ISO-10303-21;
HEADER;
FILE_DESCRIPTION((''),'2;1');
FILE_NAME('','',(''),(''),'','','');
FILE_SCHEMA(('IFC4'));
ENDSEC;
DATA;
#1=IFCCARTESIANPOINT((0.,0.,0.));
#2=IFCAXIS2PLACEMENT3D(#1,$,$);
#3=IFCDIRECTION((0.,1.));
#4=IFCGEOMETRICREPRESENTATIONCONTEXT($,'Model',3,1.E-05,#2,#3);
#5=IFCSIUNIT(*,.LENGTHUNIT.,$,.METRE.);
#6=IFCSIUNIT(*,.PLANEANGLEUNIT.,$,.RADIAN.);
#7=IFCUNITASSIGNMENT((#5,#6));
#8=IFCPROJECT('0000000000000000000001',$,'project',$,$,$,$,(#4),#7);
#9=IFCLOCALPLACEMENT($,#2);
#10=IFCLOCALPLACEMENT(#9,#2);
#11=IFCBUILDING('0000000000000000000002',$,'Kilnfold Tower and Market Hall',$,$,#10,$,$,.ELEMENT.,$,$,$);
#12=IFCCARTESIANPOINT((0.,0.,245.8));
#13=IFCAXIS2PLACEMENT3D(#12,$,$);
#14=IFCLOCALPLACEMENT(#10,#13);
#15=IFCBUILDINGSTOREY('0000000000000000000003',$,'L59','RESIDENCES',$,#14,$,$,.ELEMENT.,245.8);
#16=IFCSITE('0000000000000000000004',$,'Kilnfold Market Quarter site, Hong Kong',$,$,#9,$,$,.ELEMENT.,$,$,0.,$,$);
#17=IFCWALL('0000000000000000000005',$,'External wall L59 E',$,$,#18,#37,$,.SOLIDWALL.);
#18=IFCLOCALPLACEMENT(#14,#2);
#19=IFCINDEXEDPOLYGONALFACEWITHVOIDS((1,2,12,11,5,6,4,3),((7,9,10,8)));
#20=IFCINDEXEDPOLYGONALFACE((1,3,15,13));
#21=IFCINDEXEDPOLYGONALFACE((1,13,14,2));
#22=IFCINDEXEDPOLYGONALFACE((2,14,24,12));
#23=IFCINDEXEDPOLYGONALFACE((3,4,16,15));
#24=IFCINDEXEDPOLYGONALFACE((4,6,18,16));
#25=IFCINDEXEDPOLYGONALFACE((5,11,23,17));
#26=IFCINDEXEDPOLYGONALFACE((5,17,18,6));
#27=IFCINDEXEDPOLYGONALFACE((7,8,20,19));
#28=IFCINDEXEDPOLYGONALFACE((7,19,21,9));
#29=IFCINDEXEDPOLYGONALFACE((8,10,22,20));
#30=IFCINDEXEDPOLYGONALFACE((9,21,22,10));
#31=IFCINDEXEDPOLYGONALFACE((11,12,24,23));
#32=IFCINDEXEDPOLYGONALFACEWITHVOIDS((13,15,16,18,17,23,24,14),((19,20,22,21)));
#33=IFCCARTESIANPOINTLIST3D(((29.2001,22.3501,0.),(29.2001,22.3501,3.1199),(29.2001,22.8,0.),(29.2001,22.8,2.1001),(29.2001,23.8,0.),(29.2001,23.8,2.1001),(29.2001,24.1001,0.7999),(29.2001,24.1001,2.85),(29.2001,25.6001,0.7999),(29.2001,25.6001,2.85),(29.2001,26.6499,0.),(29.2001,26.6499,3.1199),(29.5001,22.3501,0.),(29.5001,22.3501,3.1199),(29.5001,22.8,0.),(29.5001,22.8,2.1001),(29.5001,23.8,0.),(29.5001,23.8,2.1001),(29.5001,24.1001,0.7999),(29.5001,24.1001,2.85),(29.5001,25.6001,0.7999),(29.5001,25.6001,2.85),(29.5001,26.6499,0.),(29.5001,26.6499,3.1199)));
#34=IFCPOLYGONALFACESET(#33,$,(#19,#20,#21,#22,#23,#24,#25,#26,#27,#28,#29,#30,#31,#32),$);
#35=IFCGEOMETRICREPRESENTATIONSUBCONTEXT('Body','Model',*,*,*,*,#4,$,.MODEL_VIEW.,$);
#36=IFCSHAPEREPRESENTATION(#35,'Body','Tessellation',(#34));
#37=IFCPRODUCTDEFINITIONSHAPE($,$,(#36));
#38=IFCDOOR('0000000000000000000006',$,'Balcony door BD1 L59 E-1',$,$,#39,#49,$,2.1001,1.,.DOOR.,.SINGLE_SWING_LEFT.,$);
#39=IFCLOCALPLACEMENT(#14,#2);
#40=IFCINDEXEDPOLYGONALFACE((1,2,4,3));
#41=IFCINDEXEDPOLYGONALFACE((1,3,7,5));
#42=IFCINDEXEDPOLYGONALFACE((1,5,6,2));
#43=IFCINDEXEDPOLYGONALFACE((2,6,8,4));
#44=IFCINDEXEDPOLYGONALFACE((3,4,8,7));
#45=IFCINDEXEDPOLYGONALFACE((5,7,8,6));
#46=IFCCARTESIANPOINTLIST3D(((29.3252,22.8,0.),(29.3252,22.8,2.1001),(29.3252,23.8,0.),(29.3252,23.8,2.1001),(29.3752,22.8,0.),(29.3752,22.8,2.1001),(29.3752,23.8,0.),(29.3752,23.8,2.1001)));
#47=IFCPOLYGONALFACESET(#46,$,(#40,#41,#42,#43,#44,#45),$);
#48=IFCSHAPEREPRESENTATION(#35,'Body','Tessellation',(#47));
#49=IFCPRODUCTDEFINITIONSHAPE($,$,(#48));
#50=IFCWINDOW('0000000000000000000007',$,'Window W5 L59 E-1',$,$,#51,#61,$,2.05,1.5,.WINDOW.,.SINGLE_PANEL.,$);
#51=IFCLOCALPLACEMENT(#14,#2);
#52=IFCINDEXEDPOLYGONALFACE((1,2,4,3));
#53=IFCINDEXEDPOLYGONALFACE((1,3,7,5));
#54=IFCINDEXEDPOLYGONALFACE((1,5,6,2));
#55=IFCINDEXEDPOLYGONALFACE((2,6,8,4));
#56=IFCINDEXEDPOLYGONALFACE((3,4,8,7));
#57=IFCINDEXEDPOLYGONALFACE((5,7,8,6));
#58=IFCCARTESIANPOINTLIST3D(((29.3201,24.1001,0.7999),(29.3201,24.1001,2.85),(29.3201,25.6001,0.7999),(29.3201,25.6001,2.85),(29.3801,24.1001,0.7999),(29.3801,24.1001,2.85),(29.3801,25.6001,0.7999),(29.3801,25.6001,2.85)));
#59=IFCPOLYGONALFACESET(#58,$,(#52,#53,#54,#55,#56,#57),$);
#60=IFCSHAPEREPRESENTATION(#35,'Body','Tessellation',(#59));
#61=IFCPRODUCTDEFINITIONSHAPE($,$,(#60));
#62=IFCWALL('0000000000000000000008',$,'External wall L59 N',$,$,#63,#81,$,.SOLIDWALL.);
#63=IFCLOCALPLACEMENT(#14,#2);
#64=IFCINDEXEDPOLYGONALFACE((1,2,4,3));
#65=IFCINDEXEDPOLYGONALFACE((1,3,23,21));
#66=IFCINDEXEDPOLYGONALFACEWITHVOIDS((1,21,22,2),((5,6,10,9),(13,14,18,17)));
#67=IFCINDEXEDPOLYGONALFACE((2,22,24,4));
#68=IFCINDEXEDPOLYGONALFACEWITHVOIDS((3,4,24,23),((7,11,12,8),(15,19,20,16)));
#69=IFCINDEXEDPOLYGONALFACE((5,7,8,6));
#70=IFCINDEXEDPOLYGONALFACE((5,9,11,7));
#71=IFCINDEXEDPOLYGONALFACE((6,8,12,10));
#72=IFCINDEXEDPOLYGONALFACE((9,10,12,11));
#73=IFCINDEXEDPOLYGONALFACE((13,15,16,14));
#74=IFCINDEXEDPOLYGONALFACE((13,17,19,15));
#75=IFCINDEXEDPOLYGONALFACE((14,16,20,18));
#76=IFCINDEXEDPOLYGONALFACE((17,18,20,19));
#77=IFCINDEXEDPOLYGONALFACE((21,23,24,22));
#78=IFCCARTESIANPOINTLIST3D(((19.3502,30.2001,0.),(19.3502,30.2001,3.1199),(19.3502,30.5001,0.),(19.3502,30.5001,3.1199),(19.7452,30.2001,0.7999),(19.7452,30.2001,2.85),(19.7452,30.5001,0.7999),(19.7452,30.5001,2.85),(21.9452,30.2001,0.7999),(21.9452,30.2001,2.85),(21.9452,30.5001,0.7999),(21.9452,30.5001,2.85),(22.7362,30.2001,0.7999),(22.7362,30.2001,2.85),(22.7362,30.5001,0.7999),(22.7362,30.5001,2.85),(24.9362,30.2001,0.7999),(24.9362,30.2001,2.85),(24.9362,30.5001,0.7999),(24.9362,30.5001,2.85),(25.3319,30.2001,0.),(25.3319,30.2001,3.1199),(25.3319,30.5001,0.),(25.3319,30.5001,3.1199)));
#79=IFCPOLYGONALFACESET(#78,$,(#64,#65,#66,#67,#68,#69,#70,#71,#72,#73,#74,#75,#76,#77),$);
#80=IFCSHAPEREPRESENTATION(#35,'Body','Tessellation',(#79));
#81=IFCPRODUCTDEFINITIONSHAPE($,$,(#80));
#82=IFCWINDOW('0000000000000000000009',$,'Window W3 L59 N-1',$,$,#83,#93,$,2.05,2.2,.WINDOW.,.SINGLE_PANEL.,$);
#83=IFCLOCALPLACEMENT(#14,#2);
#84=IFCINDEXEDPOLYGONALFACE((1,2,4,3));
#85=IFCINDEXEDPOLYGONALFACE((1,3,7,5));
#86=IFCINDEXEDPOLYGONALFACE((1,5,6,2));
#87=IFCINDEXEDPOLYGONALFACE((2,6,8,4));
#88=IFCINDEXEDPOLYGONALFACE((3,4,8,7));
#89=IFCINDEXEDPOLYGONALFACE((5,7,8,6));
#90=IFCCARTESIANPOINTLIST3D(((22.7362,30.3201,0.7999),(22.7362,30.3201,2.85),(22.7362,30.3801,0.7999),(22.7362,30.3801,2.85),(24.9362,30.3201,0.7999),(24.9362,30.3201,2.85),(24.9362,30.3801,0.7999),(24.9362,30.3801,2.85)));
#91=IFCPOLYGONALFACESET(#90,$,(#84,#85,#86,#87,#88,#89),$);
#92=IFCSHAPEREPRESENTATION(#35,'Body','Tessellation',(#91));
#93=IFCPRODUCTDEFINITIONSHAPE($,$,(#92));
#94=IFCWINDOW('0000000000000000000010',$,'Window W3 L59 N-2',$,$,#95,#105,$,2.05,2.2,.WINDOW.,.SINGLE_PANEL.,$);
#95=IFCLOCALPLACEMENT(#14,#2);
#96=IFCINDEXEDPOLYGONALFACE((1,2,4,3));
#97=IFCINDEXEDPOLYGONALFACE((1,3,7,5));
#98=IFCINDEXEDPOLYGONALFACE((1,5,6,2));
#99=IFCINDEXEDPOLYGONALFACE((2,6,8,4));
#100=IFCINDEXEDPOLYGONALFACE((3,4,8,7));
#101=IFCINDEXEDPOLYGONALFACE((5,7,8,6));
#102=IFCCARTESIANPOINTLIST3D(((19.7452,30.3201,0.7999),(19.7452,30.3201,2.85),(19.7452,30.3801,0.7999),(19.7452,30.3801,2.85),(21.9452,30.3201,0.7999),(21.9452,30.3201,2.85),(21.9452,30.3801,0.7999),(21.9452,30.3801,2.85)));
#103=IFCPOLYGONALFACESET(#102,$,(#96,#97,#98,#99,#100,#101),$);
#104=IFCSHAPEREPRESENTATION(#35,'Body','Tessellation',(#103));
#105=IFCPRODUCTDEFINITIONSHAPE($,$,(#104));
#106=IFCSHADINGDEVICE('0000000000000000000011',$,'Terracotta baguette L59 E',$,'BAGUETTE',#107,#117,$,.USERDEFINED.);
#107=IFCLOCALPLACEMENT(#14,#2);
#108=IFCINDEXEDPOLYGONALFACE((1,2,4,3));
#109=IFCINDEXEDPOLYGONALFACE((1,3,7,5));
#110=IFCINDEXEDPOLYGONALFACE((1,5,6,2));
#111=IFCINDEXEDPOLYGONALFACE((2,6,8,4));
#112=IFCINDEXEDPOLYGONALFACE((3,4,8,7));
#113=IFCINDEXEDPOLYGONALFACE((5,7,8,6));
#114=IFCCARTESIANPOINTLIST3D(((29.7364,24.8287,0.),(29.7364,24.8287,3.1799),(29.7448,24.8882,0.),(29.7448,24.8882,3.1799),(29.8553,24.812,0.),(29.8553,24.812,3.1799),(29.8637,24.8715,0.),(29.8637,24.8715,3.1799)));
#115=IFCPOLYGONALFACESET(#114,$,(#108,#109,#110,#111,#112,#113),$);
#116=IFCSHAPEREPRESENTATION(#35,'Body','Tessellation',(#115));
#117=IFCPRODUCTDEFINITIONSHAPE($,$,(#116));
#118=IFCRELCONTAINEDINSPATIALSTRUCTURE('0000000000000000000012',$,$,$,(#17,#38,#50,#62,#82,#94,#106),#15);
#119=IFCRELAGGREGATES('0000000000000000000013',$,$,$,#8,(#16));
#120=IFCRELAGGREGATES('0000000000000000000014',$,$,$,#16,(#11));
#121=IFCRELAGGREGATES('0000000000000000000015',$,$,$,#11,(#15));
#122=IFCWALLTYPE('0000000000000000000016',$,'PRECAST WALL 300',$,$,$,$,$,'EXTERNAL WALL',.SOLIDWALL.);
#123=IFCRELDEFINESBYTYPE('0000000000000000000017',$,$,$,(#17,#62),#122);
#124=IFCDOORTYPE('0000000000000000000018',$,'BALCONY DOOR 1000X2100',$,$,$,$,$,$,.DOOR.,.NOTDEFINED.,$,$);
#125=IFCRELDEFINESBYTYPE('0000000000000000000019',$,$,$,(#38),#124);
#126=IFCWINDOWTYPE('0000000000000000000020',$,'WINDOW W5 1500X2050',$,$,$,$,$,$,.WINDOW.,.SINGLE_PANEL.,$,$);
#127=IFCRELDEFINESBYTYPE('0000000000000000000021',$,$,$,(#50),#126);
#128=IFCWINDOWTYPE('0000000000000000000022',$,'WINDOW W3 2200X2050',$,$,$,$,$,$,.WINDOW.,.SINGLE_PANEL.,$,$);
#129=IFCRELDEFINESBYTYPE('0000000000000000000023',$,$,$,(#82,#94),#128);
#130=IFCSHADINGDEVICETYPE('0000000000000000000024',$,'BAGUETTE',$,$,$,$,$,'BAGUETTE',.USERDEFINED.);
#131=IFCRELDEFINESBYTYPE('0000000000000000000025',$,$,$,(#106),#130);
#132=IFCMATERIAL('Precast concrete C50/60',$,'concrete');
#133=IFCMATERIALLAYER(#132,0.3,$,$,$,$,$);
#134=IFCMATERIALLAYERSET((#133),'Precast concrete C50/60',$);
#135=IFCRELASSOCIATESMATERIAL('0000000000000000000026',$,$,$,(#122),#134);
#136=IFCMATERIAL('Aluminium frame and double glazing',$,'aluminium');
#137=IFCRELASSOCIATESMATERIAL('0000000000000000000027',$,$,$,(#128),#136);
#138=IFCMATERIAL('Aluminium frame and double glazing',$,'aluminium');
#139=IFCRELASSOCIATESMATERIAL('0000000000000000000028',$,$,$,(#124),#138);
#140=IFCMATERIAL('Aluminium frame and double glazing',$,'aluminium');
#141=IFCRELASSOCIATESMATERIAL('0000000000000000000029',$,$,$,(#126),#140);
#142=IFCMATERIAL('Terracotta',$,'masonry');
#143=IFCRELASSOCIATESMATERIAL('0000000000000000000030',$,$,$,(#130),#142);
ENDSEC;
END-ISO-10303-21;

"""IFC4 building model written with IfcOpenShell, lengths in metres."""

from ifc_helpers import new_model, si_unit, direction, frame, frame_2d, origin, origin_2d, place, context, subcontext, project, spatial, rectangle, extrude, source, transform, mapped, material, layer, layer_set, material_profile, profile_set, type_object, element, fill, save


model = new_model("IFC4")

# Units and contexts
model_context = context("Model", 3, precision=1e-05, world=origin(), true_north=direction((0.0, 1.0)))
body_context = subcontext(model_context, "Body", "Model", "MODEL_VIEW")
ifc_project = project(units=[si_unit("LENGTHUNIT", "METRE"), si_unit("PLANEANGLEUNIT", "RADIAN")], contexts=[model_context])

# Site, building, storey
site_placement = place(None, origin())
site = spatial("IfcSite", under=ifc_project, at=site_placement, Name="Kilnfold Market Quarter site, Hong Kong", CompositionType="ELEMENT", RefElevation=0.0)
building_placement = place(site_placement, origin())
building = spatial("IfcBuilding", under=site, at=building_placement, Name="Kilnfold Tower and Market Hall", CompositionType="ELEMENT")
storey_placement = place(building_placement, frame((0.0, 0.0, 245.8)))
storey = spatial("IfcBuildingStorey", under=building, at=storey_placement, Name="L59", Description="RESIDENCES", CompositionType="ELEMENT", Elevation=245.8)

# Shared definitions
ifc_material_1 = material(Name="Precast concrete C50/60", Category="concrete")
ifc_layer_1 = layer(ifc_material_1, 0.3)
ifc_layer_set_1 = layer_set([ifc_layer_1], Name="Precast concrete C50/60")
wall_type_1 = type_object("IfcWallType", Name="PRECAST WALL 300", ElementType="EXTERNAL WALL", PredefinedType="SOLIDWALL", material=ifc_layer_set_1)
ifc_material_2 = material(Name="Aluminium frame and double glazing", Category="aluminium")
window_type_1 = type_object("IfcWindowType", Name="WINDOW W3 2200X2050", PartitioningType="SINGLE_PANEL", PredefinedType="WINDOW", material=ifc_material_2)

# Wall, openings, door, window
shared_shape_1 = source(origin(), body_context, "Body", "SweptSolid", [
    extrude(rectangle(XDim=4.2998, YDim=0.3, at=frame_2d((2.1499, 0.0))), origin(), (0.0, 0.0, 1.0), 3.1199),
])
wall_1_placement = place(storey_placement, frame((29.3501, 22.3501, 0.0), z_axis=(0.0, 0.0, 1.0), x_axis=(0.0, 1.0, 0.0)))
wall_1 = element("IfcWall", 1, at=wall_1_placement, inside=storey, type_object=wall_type_1, Name="External wall L59 E", PredefinedType="SOLIDWALL", context=body_context, shape_type="MappedRepresentation", body=[
    mapped(shared_shape_1, transform((0.0, 0.0, 0.0))),
])
opening_1_placement = place(wall_1_placement, frame((1.75, 0.0, 0.8)))
opening_1 = element("IfcOpeningElement", 2, at=opening_1_placement, cuts=wall_1, PredefinedType="OPENING", context=body_context, shape_type="SweptSolid", body=[
    extrude(rectangle(XDim=1.5, YDim=2.05, at=frame_2d((0.75, 1.0249))), frame((0.0, 0.1602, 0.0), z_axis=(0.0, -1.0, 0.0), x_axis=(1.0, 0.0, 0.0)), (0.0, 0.0, 1.0), 0.3201),
])
opening_2_placement = place(wall_1_placement, frame((0.45, 0.0, 0.0)))
opening_2 = element("IfcOpeningElement", 3, at=opening_2_placement, cuts=wall_1, PredefinedType="OPENING", context=body_context, shape_type="SweptSolid", body=[
    extrude(rectangle(XDim=1.0, YDim=2.1001, at=frame_2d((0.5, 1.05))), frame((0.0, 0.1602, 0.0), z_axis=(0.0, -1.0, 0.0), x_axis=(1.0, 0.0, 0.0)), (0.0, 0.0, 1.0), 0.3201),
])
ifc_material_3 = material(Name="Aluminium frame and double glazing", Category="aluminium")
door_type_1 = type_object("IfcDoorType", Name="BALCONY DOOR 1000X2100", OperationType="NOTDEFINED", PredefinedType="DOOR", material=ifc_material_3)
door_1_placement = place(opening_2_placement, origin())
door_1 = element("IfcDoor", 4, at=door_1_placement, inside=storey, type_object=door_type_1, Name="Balcony door BD1 L59 E-1", OperationType="SINGLE_SWING_LEFT", OverallHeight=2.1001, OverallWidth=1.0, PredefinedType="DOOR", context=body_context, shape_type="SweptSolid", body=[
    extrude(rectangle(XDim=1.0, YDim=2.1001, at=frame_2d((0.5, 1.05))), frame((0.0, 0.0249, 0.0), z_axis=(0.0, -1.0, 0.0), x_axis=(1.0, 0.0, 0.0)), (0.0, 0.0, 1.0), 0.05),
])
fill(opening_2, door_1)
ifc_material_4 = material(Name="Aluminium frame and double glazing", Category="aluminium")
window_type_2 = type_object("IfcWindowType", Name="WINDOW W5 1500X2050", PartitioningType="SINGLE_PANEL", PredefinedType="WINDOW", material=ifc_material_4)
window_1_placement = place(opening_1_placement, origin())
window_1 = element("IfcWindow", 5, at=window_1_placement, inside=storey, type_object=window_type_2, Name="Window W5 L59 E-1", OverallHeight=2.05, OverallWidth=1.5, PartitioningType="SINGLE_PANEL", PredefinedType="WINDOW", context=body_context, shape_type="SweptSolid", body=[
    extrude(rectangle(XDim=1.5, YDim=2.05, at=frame_2d((0.75, 1.0249))), frame((0.0, 0.03, 0.0), z_axis=(0.0, -1.0, 0.0), x_axis=(1.0, 0.0, 0.0)), (0.0, 0.0, 1.0), 0.0601),
])
fill(opening_1, window_1)

# Wall, openings, windows
shared_shape_2 = source(origin(), body_context, "Body", "SweptSolid", [
    extrude(rectangle(XDim=5.9817, YDim=0.3, at=frame_2d((2.9907, 0.0))), origin(), (0.0, 0.0, 1.0), 3.1199),
])
wall_2_placement = place(storey_placement, frame((25.3318, 30.3501, 0.0), z_axis=(0.0, 0.0, 1.0), x_axis=(-1.0, 0.0, 0.0)))
wall_2 = element("IfcWall", 6, at=wall_2_placement, inside=storey, type_object=wall_type_1, Name="External wall L59 N", PredefinedType="SOLIDWALL", context=body_context, shape_type="MappedRepresentation", body=[
    mapped(shared_shape_2, transform((0.0, 0.0, 0.0))),
])
opening_3_placement = place(wall_2_placement, frame((0.3955, 0.0, 0.8)))
opening_3 = element("IfcOpeningElement", 7, at=opening_3_placement, cuts=wall_2, PredefinedType="OPENING", context=body_context, shape_type="SweptSolid", body=[
    extrude(rectangle(XDim=2.2, YDim=2.05, at=frame_2d((1.1001, 1.0249))), frame((0.0, 0.1602, 0.0), z_axis=(0.0, -1.0, 0.0), x_axis=(1.0, 0.0, 0.0)), (0.0, 0.0, 1.0), 0.3201),
])
opening_4_placement = place(wall_2_placement, frame((3.3865, 0.0, 0.8)))
opening_4 = element("IfcOpeningElement", 8, at=opening_4_placement, cuts=wall_2, PredefinedType="OPENING", context=body_context, shape_type="SweptSolid", body=[
    extrude(rectangle(XDim=2.2, YDim=2.05, at=frame_2d((1.1001, 1.0249))), frame((0.0, 0.1602, 0.0), z_axis=(0.0, -1.0, 0.0), x_axis=(1.0, 0.0, 0.0)), (0.0, 0.0, 1.0), 0.3201),
])
window_2_placement = place(opening_3_placement, origin())
window_2 = element("IfcWindow", 9, at=window_2_placement, inside=storey, type_object=window_type_1, Name="Window W3 L59 N-1", OverallHeight=2.05, OverallWidth=2.2, PartitioningType="SINGLE_PANEL", PredefinedType="WINDOW", context=body_context, shape_type="SweptSolid", body=[
    extrude(rectangle(XDim=2.2, YDim=2.05, at=frame_2d((1.1001, 1.0249))), frame((0.0, 0.03, 0.0), z_axis=(0.0, -1.0, 0.0), x_axis=(1.0, 0.0, 0.0)), (0.0, 0.0, 1.0), 0.0601),
])
fill(opening_3, window_2)
window_3_placement = place(opening_4_placement, origin())
window_3 = element("IfcWindow", 10, at=window_3_placement, inside=storey, type_object=window_type_1, Name="Window W3 L59 N-2", OverallHeight=2.05, OverallWidth=2.2, PartitioningType="SINGLE_PANEL", PredefinedType="WINDOW", context=body_context, shape_type="SweptSolid", body=[
    extrude(rectangle(XDim=2.2, YDim=2.05, at=frame_2d((1.1001, 1.0249))), frame((0.0, 0.03, 0.0), z_axis=(0.0, -1.0, 0.0), x_axis=(1.0, 0.0, 0.0)), (0.0, 0.0, 1.0), 0.0601),
])
fill(opening_4, window_3)

# Shading device
ifc_material_5 = material(Name="Terracotta", Category="masonry")
ifc_material_profile_1 = material_profile(ifc_material_5, rectangle(XDim=0.0601, YDim=0.1201, at=origin_2d()), Name="BAG 60x120")
ifc_profile_set_1 = profile_set([ifc_material_profile_1], Name="Terracotta")
shading_device_type = type_object("IfcShadingDeviceType", Name="BAGUETTE", ElementType="BAGUETTE", PredefinedType="USERDEFINED", material=ifc_profile_set_1)
shared_shape_3 = source(origin(), body_context, "Body", "SweptSolid", [
    extrude(rectangle(XDim=0.0601, YDim=0.1201, at=origin_2d()), origin(), (0.0, 0.0, 1.0), 3.1799),
])
shading_device_placement = place(storey_placement, frame((29.8, 24.8501, 0.0), z_axis=(0.0, 0.0, 1.0), x_axis=(0.139149, 0.990271, 0.0)))
element("IfcShadingDevice", 11, at=shading_device_placement, inside=storey, type_object=shading_device_type, Name="Terracotta baguette L59 E", ObjectType="BAGUETTE", PredefinedType="USERDEFINED", context=body_context, shape_type="MappedRepresentation", body=[
    mapped(shared_shape_3, transform((0.0, 0.0, 0.0))),
])

save(model, "model.ifc")
